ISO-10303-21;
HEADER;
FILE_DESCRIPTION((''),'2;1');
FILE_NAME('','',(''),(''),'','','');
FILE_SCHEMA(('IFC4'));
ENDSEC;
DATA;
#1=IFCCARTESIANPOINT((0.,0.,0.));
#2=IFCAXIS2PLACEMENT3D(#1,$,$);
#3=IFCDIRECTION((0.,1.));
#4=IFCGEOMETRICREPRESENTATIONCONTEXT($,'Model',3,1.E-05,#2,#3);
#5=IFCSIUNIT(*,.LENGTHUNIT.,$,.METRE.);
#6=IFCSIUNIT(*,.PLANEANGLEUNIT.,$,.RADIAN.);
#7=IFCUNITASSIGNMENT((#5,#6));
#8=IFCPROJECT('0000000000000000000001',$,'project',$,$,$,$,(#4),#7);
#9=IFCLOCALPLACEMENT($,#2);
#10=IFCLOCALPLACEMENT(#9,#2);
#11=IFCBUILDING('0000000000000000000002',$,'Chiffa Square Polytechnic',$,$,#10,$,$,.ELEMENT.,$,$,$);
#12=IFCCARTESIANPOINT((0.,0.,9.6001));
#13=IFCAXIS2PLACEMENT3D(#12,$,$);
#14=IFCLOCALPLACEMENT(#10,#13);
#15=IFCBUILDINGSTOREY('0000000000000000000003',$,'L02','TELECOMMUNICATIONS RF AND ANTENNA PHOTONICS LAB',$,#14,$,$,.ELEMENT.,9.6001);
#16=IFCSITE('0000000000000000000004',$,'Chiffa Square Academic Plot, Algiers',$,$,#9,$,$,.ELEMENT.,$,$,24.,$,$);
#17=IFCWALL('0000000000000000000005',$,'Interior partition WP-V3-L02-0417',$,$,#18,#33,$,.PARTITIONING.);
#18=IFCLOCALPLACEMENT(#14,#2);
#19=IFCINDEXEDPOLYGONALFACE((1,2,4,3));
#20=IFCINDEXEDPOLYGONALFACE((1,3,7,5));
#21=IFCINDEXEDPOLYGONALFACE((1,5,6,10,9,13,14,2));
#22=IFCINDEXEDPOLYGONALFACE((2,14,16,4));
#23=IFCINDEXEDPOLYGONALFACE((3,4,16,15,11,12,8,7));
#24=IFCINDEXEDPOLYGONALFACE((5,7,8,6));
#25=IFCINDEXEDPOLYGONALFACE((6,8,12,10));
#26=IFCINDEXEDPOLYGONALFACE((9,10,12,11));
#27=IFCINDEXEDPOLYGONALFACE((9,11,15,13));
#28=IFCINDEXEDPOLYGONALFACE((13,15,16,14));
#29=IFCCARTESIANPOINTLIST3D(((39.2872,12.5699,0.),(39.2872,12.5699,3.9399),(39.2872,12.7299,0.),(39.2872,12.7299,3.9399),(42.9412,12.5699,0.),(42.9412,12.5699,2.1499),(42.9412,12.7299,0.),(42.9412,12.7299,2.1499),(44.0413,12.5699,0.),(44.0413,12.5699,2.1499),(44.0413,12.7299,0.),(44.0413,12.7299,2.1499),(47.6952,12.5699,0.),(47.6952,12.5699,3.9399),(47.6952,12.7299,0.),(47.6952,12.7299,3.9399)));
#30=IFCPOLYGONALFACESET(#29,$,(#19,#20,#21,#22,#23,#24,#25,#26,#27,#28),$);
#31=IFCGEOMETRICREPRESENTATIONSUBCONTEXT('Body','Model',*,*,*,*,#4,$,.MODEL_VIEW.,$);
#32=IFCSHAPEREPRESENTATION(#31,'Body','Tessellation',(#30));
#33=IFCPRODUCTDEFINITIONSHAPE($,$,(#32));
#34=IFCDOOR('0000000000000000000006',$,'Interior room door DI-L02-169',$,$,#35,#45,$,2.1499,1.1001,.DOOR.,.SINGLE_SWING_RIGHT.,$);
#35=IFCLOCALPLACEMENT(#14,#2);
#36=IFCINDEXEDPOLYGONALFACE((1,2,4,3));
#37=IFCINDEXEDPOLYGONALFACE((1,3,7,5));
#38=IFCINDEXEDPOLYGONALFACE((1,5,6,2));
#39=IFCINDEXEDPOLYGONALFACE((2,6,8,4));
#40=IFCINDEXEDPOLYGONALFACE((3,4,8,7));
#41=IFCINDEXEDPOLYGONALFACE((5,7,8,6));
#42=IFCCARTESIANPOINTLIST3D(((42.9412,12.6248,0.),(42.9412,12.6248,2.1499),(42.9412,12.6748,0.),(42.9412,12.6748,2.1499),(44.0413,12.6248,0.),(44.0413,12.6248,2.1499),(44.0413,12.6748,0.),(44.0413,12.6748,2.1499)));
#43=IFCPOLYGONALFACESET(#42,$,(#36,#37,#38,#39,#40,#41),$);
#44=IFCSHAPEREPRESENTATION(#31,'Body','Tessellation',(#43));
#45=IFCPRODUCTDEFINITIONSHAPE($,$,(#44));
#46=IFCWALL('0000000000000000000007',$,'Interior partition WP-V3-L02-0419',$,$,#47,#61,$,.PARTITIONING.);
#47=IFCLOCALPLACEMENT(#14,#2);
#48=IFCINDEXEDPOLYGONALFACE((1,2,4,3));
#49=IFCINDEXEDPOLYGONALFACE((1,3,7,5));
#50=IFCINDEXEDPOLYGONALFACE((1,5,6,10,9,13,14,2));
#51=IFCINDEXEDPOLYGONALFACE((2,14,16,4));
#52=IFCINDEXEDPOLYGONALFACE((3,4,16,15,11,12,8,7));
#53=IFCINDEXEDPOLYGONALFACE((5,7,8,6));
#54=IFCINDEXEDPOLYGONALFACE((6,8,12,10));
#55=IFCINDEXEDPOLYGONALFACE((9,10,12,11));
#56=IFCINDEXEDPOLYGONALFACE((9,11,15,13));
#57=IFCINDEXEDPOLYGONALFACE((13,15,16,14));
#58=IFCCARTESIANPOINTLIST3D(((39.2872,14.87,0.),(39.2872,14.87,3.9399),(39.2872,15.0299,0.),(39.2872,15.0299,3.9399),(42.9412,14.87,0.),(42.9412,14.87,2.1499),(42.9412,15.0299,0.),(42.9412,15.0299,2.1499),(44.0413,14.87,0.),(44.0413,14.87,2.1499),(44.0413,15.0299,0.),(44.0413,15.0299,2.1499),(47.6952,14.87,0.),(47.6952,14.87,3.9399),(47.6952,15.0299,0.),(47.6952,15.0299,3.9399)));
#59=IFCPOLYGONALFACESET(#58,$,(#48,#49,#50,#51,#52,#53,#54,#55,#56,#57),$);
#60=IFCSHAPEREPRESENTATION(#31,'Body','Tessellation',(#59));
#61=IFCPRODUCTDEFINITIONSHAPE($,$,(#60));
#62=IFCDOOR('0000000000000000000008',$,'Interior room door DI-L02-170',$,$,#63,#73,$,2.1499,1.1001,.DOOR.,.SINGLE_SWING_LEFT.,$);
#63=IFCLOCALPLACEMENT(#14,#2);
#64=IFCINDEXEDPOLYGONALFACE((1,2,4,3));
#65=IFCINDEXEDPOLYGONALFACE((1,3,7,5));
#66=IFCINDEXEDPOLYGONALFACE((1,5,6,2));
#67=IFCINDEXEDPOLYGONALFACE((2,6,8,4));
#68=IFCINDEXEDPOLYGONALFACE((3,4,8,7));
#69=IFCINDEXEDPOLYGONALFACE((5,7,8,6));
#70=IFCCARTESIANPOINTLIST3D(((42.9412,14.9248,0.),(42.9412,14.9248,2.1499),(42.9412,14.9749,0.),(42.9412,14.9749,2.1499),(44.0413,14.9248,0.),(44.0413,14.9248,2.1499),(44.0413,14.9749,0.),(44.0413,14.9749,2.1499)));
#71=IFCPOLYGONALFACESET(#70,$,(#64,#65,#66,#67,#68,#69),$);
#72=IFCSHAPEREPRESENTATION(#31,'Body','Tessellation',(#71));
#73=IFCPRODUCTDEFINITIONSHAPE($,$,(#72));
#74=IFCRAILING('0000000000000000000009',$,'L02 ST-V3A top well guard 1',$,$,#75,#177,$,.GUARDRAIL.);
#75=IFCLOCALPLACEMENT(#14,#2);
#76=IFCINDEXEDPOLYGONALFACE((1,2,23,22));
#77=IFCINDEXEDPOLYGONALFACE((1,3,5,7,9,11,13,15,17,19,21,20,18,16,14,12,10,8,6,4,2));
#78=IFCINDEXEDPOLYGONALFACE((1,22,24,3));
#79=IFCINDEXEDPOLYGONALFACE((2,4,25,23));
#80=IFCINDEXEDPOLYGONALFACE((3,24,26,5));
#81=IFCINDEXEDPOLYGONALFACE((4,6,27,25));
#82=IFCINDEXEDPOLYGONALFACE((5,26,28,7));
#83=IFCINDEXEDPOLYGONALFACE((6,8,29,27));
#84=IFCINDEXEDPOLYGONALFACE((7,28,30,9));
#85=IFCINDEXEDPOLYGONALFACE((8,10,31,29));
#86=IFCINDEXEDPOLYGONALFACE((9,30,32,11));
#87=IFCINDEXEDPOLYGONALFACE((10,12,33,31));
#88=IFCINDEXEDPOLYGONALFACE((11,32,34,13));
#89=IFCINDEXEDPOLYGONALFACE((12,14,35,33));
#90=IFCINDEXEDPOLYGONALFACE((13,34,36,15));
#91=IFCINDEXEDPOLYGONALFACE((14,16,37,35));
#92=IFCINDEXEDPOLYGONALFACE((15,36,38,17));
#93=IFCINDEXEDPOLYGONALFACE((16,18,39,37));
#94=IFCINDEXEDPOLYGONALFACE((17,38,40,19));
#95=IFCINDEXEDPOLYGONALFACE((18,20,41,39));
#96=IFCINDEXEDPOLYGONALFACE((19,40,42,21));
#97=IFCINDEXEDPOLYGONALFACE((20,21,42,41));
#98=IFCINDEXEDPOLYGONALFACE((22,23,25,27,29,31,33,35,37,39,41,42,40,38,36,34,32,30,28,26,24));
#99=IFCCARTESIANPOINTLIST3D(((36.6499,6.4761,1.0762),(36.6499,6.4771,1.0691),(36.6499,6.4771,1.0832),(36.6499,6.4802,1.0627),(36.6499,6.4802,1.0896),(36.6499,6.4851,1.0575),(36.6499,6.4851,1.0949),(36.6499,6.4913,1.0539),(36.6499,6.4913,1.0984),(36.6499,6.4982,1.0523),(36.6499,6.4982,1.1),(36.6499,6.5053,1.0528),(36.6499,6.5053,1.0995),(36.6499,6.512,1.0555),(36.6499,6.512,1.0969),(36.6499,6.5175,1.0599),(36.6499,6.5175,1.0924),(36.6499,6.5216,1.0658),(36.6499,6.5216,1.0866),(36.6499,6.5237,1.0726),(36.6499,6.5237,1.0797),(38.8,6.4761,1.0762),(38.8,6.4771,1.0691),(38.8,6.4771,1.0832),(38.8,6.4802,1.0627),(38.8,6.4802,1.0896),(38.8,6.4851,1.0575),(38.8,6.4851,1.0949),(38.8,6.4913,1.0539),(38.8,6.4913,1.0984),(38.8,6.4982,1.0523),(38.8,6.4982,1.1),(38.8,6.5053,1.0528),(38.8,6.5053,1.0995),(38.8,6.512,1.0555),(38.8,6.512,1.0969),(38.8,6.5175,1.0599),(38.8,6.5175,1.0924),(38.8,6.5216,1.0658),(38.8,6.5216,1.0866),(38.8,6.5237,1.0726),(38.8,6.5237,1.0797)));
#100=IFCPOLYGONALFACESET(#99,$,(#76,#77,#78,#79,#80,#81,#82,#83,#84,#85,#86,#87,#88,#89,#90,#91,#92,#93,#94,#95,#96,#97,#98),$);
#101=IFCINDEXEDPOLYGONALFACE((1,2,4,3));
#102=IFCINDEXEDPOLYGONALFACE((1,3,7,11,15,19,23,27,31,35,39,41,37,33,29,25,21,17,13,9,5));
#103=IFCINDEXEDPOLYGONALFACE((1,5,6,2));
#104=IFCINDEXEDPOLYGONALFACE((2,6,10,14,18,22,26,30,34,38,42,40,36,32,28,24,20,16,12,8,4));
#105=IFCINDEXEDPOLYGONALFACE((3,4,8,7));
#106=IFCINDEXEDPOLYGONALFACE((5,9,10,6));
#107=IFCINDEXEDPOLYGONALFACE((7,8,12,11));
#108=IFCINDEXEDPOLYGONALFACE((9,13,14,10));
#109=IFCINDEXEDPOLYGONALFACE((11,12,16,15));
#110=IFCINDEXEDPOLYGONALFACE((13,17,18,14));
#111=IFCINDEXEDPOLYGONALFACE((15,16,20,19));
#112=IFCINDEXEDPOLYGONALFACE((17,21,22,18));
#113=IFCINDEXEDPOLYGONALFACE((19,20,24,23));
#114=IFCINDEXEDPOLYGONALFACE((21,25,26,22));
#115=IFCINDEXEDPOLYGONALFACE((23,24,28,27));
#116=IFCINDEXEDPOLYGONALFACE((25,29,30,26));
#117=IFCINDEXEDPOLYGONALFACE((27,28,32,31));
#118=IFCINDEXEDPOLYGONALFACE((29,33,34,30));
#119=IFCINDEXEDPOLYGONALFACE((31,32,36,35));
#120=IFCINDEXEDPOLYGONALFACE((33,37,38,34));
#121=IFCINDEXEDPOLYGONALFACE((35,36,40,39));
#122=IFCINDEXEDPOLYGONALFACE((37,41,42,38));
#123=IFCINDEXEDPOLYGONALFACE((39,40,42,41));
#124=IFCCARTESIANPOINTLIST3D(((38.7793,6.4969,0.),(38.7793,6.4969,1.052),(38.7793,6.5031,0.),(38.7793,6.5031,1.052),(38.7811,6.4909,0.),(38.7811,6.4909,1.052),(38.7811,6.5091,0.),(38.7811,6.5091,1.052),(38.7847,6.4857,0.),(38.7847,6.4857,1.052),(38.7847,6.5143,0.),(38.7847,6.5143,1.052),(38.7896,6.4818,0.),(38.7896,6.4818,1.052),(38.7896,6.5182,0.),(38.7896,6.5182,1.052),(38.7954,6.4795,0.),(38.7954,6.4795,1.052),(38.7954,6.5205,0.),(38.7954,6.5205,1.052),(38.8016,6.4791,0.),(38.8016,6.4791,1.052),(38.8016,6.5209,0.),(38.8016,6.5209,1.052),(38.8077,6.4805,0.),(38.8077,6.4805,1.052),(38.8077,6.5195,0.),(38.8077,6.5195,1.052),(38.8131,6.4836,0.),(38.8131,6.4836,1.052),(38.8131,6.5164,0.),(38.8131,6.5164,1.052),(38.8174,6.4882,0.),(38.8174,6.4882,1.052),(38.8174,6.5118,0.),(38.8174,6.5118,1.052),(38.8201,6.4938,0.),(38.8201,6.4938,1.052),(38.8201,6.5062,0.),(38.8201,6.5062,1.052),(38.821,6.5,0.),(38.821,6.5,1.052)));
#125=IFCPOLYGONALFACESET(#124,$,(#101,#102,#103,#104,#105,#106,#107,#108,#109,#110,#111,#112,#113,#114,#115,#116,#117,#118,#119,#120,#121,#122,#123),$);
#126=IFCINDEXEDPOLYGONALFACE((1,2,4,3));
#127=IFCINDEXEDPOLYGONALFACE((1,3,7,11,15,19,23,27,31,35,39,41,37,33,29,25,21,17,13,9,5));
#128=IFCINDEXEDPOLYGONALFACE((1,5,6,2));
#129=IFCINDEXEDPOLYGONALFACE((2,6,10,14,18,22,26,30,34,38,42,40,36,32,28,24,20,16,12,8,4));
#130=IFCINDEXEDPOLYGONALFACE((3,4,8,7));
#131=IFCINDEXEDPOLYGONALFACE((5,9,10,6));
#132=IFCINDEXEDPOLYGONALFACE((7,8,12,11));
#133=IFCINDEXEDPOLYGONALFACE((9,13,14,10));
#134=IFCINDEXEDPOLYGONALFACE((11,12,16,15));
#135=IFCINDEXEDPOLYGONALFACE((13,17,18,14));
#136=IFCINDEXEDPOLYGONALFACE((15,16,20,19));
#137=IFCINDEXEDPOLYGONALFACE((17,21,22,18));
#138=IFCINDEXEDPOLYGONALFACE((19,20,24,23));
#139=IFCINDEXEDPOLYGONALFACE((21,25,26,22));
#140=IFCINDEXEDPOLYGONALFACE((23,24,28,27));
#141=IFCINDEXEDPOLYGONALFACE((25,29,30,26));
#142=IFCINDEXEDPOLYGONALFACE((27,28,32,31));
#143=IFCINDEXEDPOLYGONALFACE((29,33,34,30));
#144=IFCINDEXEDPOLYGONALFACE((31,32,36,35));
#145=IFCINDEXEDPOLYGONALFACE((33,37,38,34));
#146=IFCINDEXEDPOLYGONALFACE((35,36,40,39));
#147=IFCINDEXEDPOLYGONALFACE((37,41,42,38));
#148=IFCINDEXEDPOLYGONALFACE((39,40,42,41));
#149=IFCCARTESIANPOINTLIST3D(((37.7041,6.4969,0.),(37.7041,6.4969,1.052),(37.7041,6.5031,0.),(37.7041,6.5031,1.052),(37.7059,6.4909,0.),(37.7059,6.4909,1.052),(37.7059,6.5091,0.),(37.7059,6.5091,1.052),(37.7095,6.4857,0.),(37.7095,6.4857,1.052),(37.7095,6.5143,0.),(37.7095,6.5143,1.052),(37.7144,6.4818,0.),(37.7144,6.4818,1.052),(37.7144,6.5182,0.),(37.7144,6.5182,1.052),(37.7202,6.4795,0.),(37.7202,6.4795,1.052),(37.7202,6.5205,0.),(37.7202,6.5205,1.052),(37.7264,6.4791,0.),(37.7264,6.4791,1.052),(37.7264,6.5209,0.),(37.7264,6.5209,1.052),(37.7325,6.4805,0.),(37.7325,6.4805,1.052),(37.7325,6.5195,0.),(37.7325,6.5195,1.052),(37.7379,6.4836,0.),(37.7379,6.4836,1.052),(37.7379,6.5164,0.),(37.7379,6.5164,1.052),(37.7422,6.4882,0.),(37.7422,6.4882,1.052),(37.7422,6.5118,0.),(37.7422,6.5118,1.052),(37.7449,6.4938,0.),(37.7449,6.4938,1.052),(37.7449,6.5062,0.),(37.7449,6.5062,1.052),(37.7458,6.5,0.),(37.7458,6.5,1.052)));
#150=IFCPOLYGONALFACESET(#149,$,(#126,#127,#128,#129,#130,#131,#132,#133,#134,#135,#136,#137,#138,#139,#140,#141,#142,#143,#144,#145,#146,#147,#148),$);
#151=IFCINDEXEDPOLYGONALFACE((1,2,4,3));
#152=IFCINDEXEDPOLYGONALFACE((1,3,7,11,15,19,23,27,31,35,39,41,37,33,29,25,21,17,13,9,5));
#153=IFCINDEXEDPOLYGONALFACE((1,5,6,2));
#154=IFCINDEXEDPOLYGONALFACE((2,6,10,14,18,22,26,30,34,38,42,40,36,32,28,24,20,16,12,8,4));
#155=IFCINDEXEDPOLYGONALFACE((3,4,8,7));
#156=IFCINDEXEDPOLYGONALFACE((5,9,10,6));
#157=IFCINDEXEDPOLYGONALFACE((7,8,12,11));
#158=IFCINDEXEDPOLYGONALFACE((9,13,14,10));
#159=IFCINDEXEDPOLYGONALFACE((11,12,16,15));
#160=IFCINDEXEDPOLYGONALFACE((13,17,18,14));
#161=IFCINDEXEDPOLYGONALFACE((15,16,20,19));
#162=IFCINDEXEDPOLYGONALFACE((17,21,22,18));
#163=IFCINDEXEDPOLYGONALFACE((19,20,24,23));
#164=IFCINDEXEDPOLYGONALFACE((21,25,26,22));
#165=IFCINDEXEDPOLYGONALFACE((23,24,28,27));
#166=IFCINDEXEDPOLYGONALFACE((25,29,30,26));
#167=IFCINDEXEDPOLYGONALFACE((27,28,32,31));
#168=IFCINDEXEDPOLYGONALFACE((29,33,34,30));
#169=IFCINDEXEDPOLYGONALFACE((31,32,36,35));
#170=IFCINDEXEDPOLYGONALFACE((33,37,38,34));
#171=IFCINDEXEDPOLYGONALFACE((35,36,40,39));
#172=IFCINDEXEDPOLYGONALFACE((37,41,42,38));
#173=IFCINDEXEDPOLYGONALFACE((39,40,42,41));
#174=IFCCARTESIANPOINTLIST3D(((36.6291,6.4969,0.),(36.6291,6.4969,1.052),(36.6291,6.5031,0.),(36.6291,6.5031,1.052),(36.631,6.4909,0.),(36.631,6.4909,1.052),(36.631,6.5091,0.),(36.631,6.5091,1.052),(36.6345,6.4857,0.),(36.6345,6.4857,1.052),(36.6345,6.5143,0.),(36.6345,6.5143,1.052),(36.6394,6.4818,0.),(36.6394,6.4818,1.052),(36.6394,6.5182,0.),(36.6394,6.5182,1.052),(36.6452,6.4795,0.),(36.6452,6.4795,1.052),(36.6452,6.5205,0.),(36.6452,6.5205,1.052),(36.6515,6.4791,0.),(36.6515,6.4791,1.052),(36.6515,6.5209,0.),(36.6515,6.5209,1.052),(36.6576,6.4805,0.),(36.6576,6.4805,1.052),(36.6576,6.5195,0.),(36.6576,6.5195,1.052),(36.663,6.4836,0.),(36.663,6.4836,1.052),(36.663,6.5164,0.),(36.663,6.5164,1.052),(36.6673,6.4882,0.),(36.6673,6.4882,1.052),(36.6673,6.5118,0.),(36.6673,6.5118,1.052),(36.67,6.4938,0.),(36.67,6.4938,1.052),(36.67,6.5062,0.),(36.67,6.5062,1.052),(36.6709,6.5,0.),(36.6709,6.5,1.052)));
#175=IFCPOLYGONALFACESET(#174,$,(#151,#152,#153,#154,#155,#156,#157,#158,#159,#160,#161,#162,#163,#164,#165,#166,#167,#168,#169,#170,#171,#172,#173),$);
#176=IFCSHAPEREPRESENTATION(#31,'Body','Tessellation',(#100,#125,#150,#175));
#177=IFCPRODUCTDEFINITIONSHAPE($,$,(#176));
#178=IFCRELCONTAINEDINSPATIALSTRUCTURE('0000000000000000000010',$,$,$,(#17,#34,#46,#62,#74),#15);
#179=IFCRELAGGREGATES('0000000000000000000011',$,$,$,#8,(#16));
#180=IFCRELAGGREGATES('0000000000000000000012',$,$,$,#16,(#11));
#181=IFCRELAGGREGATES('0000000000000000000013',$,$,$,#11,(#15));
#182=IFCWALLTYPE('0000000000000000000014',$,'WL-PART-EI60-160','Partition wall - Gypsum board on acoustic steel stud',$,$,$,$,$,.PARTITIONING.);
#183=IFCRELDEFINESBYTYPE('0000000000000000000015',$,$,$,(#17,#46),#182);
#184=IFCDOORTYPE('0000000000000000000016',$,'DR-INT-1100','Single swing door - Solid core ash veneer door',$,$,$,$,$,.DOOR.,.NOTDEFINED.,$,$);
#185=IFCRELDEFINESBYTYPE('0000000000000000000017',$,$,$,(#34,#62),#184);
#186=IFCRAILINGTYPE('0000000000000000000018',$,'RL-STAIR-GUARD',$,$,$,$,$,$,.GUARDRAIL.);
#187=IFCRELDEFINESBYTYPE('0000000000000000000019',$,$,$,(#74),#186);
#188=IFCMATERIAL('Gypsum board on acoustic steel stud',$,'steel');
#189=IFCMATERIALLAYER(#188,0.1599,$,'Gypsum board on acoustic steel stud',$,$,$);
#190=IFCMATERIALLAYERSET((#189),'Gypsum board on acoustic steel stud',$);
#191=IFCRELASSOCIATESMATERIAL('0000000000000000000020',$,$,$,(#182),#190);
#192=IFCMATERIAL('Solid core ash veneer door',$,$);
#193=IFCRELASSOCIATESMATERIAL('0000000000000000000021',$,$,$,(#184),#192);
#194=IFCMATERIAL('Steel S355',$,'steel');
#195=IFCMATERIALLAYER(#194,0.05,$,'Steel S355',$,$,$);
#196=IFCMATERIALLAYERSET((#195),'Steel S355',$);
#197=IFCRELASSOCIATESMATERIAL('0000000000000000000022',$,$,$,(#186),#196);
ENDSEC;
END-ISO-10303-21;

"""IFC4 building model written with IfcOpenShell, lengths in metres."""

from ifc_helpers import new_model, si_unit, direction, frame, frame_2d, origin, origin_2d, place, context, subcontext, project, spatial, rectangle, circle, extrude, material, layer, layer_set, type_object, element, fill, save


model = new_model("IFC4")

# Units and contexts
model_context = context("Model", 3, precision=1e-05, world=origin(), true_north=direction((0.0, 1.0)))
body_context = subcontext(model_context, "Body", "Model", "MODEL_VIEW")
ifc_project = project(units=[si_unit("LENGTHUNIT", "METRE"), si_unit("PLANEANGLEUNIT", "RADIAN")], contexts=[model_context])

# Site, building, storey
site_placement = place(None, origin())
site = spatial("IfcSite", under=ifc_project, at=site_placement, Name="Chiffa Square Academic Plot, Algiers", CompositionType="ELEMENT", RefElevation=24.0)
building_placement = place(site_placement, origin())
building = spatial("IfcBuilding", under=site, at=building_placement, Name="Chiffa Square Polytechnic", CompositionType="ELEMENT")
storey_placement = place(building_placement, frame((0.0, 0.0, 9.6001)))
storey = spatial("IfcBuildingStorey", under=building, at=storey_placement, Name="L02", Description="TELECOMMUNICATIONS RF AND ANTENNA PHOTONICS LAB", CompositionType="ELEMENT", Elevation=9.6001)

# Walls, openings, doors
ifc_material_1 = material(Name="Gypsum board on acoustic steel stud", Category="steel")
ifc_layer_1 = layer(ifc_material_1, 0.1599, Name="Gypsum board on acoustic steel stud")
ifc_layer_set_1 = layer_set([ifc_layer_1], Name="Gypsum board on acoustic steel stud")
wall_type_1 = type_object("IfcWallType", Name="WL-PART-EI60-160", Description="Partition wall - Gypsum board on acoustic steel stud", PredefinedType="PARTITIONING", material=ifc_layer_set_1)
wall_1_placement = place(storey_placement, frame((39.2871, 12.6499, 0.0), z_axis=(0.0, 0.0, 1.0), x_axis=(1.0, 0.0, 0.0)))
wall_1 = element("IfcWall", 1, at=wall_1_placement, inside=storey, type_object=wall_type_1, Name="Interior partition WP-V3-L02-0417", PredefinedType="PARTITIONING", context=body_context, shape_type="SweptSolid", body=[
    extrude(rectangle(XDim=8.408, YDim=0.1599, at=frame_2d((4.2041, 0.0))), origin(), (0.0, 0.0, 1.0), 3.9399),
])
opening_1_placement = place(wall_1_placement, frame((3.6541, 0.0, 0.0)))
opening_1 = element("IfcOpeningElement", 2, at=opening_1_placement, cuts=wall_1, PredefinedType="OPENING", context=body_context, shape_type="SweptSolid", body=[
    extrude(rectangle(XDim=1.1001, YDim=2.1499, at=frame_2d((0.55, 1.075))), frame((0.0, 0.0898, 0.0), z_axis=(0.0, -1.0, 0.0), x_axis=(1.0, 0.0, 0.0)), (0.0, 0.0, 1.0), 0.1799),
])
ifc_material_2 = material(Name="Solid core ash veneer door")
door_type_1 = type_object("IfcDoorType", Name="DR-INT-1100", Description="Single swing door - Solid core ash veneer door", OperationType="NOTDEFINED", PredefinedType="DOOR", material=ifc_material_2)
door_1_placement = place(opening_1_placement, origin())
door_1 = element("IfcDoor", 3, at=door_1_placement, inside=storey, type_object=door_type_1, Name="Interior room door DI-L02-169", OperationType="SINGLE_SWING_RIGHT", OverallHeight=2.1499, OverallWidth=1.1001, PredefinedType="DOOR", context=body_context, shape_type="SweptSolid", body=[
    extrude(rectangle(XDim=1.1001, YDim=2.1499, at=frame_2d((0.55, 1.075))), frame((0.0, 0.0249, 0.0), z_axis=(0.0, -1.0, 0.0), x_axis=(1.0, 0.0, 0.0)), (0.0, 0.0, 1.0), 0.05),
])
fill(opening_1, door_1)
wall_2_placement = place(storey_placement, frame((39.2871, 14.95, 0.0), z_axis=(0.0, 0.0, 1.0), x_axis=(1.0, 0.0, 0.0)))
wall_2 = element("IfcWall", 4, at=wall_2_placement, inside=storey, type_object=wall_type_1, Name="Interior partition WP-V3-L02-0419", PredefinedType="PARTITIONING", context=body_context, shape_type="SweptSolid", body=[
    extrude(rectangle(XDim=8.408, YDim=0.1599, at=frame_2d((4.2041, 0.0))), origin(), (0.0, 0.0, 1.0), 3.9399),
])
opening_2_placement = place(wall_2_placement, frame((3.6541, 0.0, 0.0)))
opening_2 = element("IfcOpeningElement", 5, at=opening_2_placement, cuts=wall_2, PredefinedType="OPENING", context=body_context, shape_type="SweptSolid", body=[
    extrude(rectangle(XDim=1.1001, YDim=2.1499, at=frame_2d((0.55, 1.075))), frame((0.0, 0.0898, 0.0), z_axis=(0.0, -1.0, 0.0), x_axis=(1.0, 0.0, 0.0)), (0.0, 0.0, 1.0), 0.1799),
])
door_2_placement = place(opening_2_placement, origin())
door_2 = element("IfcDoor", 6, at=door_2_placement, inside=storey, type_object=door_type_1, Name="Interior room door DI-L02-170", OperationType="SINGLE_SWING_LEFT", OverallHeight=2.1499, OverallWidth=1.1001, PredefinedType="DOOR", context=body_context, shape_type="SweptSolid", body=[
    extrude(rectangle(XDim=1.1001, YDim=2.1499, at=frame_2d((0.55, 1.075))), frame((0.0, 0.0249, 0.0), z_axis=(0.0, -1.0, 0.0), x_axis=(1.0, 0.0, 0.0)), (0.0, 0.0, 1.0), 0.05),
])
fill(opening_2, door_2)

# Railing
ifc_material_3 = material(Name="Steel S355", Category="steel")
ifc_layer_2 = layer(ifc_material_3, 0.05, Name="Steel S355")
ifc_layer_set_2 = layer_set([ifc_layer_2], Name="Steel S355")
railing_type = type_object("IfcRailingType", Name="RL-STAIR-GUARD", PredefinedType="GUARDRAIL", material=ifc_layer_set_2)
for number, where, name in (
    (7, (38.8, 6.5, 0.0), "L02 ST-V3A top well guard 1"),
):
    element("IfcRailing", number, at=place(storey_placement, frame(where)), inside=storey, type_object=railing_type, Name=name, PredefinedType="GUARDRAIL", context=body_context, shape_type="SweptSolid", body=[
        extrude(circle(Radius=0.0239, at=origin_2d()), frame((0.0, 0.0, 1.0762), z_axis=(-1.0, 0.0, 0.0), x_axis=(0.0, -1.0, 0.0)), (0.0, 0.0, 1.0), 2.1501),
        extrude(circle(Radius=0.021, at=origin_2d()), origin(), (0.0, 0.0, 1.0), 1.052),
        extrude(circle(Radius=0.021, at=origin_2d()), frame((-1.0752, 0.0, 0.0)), (0.0, 0.0, 1.0), 1.052),
        extrude(circle(Radius=0.021, at=origin_2d()), frame((-2.1501, 0.0, 0.0)), (0.0, 0.0, 1.0), 1.052),
    ])

save(model, "model.ifc")
